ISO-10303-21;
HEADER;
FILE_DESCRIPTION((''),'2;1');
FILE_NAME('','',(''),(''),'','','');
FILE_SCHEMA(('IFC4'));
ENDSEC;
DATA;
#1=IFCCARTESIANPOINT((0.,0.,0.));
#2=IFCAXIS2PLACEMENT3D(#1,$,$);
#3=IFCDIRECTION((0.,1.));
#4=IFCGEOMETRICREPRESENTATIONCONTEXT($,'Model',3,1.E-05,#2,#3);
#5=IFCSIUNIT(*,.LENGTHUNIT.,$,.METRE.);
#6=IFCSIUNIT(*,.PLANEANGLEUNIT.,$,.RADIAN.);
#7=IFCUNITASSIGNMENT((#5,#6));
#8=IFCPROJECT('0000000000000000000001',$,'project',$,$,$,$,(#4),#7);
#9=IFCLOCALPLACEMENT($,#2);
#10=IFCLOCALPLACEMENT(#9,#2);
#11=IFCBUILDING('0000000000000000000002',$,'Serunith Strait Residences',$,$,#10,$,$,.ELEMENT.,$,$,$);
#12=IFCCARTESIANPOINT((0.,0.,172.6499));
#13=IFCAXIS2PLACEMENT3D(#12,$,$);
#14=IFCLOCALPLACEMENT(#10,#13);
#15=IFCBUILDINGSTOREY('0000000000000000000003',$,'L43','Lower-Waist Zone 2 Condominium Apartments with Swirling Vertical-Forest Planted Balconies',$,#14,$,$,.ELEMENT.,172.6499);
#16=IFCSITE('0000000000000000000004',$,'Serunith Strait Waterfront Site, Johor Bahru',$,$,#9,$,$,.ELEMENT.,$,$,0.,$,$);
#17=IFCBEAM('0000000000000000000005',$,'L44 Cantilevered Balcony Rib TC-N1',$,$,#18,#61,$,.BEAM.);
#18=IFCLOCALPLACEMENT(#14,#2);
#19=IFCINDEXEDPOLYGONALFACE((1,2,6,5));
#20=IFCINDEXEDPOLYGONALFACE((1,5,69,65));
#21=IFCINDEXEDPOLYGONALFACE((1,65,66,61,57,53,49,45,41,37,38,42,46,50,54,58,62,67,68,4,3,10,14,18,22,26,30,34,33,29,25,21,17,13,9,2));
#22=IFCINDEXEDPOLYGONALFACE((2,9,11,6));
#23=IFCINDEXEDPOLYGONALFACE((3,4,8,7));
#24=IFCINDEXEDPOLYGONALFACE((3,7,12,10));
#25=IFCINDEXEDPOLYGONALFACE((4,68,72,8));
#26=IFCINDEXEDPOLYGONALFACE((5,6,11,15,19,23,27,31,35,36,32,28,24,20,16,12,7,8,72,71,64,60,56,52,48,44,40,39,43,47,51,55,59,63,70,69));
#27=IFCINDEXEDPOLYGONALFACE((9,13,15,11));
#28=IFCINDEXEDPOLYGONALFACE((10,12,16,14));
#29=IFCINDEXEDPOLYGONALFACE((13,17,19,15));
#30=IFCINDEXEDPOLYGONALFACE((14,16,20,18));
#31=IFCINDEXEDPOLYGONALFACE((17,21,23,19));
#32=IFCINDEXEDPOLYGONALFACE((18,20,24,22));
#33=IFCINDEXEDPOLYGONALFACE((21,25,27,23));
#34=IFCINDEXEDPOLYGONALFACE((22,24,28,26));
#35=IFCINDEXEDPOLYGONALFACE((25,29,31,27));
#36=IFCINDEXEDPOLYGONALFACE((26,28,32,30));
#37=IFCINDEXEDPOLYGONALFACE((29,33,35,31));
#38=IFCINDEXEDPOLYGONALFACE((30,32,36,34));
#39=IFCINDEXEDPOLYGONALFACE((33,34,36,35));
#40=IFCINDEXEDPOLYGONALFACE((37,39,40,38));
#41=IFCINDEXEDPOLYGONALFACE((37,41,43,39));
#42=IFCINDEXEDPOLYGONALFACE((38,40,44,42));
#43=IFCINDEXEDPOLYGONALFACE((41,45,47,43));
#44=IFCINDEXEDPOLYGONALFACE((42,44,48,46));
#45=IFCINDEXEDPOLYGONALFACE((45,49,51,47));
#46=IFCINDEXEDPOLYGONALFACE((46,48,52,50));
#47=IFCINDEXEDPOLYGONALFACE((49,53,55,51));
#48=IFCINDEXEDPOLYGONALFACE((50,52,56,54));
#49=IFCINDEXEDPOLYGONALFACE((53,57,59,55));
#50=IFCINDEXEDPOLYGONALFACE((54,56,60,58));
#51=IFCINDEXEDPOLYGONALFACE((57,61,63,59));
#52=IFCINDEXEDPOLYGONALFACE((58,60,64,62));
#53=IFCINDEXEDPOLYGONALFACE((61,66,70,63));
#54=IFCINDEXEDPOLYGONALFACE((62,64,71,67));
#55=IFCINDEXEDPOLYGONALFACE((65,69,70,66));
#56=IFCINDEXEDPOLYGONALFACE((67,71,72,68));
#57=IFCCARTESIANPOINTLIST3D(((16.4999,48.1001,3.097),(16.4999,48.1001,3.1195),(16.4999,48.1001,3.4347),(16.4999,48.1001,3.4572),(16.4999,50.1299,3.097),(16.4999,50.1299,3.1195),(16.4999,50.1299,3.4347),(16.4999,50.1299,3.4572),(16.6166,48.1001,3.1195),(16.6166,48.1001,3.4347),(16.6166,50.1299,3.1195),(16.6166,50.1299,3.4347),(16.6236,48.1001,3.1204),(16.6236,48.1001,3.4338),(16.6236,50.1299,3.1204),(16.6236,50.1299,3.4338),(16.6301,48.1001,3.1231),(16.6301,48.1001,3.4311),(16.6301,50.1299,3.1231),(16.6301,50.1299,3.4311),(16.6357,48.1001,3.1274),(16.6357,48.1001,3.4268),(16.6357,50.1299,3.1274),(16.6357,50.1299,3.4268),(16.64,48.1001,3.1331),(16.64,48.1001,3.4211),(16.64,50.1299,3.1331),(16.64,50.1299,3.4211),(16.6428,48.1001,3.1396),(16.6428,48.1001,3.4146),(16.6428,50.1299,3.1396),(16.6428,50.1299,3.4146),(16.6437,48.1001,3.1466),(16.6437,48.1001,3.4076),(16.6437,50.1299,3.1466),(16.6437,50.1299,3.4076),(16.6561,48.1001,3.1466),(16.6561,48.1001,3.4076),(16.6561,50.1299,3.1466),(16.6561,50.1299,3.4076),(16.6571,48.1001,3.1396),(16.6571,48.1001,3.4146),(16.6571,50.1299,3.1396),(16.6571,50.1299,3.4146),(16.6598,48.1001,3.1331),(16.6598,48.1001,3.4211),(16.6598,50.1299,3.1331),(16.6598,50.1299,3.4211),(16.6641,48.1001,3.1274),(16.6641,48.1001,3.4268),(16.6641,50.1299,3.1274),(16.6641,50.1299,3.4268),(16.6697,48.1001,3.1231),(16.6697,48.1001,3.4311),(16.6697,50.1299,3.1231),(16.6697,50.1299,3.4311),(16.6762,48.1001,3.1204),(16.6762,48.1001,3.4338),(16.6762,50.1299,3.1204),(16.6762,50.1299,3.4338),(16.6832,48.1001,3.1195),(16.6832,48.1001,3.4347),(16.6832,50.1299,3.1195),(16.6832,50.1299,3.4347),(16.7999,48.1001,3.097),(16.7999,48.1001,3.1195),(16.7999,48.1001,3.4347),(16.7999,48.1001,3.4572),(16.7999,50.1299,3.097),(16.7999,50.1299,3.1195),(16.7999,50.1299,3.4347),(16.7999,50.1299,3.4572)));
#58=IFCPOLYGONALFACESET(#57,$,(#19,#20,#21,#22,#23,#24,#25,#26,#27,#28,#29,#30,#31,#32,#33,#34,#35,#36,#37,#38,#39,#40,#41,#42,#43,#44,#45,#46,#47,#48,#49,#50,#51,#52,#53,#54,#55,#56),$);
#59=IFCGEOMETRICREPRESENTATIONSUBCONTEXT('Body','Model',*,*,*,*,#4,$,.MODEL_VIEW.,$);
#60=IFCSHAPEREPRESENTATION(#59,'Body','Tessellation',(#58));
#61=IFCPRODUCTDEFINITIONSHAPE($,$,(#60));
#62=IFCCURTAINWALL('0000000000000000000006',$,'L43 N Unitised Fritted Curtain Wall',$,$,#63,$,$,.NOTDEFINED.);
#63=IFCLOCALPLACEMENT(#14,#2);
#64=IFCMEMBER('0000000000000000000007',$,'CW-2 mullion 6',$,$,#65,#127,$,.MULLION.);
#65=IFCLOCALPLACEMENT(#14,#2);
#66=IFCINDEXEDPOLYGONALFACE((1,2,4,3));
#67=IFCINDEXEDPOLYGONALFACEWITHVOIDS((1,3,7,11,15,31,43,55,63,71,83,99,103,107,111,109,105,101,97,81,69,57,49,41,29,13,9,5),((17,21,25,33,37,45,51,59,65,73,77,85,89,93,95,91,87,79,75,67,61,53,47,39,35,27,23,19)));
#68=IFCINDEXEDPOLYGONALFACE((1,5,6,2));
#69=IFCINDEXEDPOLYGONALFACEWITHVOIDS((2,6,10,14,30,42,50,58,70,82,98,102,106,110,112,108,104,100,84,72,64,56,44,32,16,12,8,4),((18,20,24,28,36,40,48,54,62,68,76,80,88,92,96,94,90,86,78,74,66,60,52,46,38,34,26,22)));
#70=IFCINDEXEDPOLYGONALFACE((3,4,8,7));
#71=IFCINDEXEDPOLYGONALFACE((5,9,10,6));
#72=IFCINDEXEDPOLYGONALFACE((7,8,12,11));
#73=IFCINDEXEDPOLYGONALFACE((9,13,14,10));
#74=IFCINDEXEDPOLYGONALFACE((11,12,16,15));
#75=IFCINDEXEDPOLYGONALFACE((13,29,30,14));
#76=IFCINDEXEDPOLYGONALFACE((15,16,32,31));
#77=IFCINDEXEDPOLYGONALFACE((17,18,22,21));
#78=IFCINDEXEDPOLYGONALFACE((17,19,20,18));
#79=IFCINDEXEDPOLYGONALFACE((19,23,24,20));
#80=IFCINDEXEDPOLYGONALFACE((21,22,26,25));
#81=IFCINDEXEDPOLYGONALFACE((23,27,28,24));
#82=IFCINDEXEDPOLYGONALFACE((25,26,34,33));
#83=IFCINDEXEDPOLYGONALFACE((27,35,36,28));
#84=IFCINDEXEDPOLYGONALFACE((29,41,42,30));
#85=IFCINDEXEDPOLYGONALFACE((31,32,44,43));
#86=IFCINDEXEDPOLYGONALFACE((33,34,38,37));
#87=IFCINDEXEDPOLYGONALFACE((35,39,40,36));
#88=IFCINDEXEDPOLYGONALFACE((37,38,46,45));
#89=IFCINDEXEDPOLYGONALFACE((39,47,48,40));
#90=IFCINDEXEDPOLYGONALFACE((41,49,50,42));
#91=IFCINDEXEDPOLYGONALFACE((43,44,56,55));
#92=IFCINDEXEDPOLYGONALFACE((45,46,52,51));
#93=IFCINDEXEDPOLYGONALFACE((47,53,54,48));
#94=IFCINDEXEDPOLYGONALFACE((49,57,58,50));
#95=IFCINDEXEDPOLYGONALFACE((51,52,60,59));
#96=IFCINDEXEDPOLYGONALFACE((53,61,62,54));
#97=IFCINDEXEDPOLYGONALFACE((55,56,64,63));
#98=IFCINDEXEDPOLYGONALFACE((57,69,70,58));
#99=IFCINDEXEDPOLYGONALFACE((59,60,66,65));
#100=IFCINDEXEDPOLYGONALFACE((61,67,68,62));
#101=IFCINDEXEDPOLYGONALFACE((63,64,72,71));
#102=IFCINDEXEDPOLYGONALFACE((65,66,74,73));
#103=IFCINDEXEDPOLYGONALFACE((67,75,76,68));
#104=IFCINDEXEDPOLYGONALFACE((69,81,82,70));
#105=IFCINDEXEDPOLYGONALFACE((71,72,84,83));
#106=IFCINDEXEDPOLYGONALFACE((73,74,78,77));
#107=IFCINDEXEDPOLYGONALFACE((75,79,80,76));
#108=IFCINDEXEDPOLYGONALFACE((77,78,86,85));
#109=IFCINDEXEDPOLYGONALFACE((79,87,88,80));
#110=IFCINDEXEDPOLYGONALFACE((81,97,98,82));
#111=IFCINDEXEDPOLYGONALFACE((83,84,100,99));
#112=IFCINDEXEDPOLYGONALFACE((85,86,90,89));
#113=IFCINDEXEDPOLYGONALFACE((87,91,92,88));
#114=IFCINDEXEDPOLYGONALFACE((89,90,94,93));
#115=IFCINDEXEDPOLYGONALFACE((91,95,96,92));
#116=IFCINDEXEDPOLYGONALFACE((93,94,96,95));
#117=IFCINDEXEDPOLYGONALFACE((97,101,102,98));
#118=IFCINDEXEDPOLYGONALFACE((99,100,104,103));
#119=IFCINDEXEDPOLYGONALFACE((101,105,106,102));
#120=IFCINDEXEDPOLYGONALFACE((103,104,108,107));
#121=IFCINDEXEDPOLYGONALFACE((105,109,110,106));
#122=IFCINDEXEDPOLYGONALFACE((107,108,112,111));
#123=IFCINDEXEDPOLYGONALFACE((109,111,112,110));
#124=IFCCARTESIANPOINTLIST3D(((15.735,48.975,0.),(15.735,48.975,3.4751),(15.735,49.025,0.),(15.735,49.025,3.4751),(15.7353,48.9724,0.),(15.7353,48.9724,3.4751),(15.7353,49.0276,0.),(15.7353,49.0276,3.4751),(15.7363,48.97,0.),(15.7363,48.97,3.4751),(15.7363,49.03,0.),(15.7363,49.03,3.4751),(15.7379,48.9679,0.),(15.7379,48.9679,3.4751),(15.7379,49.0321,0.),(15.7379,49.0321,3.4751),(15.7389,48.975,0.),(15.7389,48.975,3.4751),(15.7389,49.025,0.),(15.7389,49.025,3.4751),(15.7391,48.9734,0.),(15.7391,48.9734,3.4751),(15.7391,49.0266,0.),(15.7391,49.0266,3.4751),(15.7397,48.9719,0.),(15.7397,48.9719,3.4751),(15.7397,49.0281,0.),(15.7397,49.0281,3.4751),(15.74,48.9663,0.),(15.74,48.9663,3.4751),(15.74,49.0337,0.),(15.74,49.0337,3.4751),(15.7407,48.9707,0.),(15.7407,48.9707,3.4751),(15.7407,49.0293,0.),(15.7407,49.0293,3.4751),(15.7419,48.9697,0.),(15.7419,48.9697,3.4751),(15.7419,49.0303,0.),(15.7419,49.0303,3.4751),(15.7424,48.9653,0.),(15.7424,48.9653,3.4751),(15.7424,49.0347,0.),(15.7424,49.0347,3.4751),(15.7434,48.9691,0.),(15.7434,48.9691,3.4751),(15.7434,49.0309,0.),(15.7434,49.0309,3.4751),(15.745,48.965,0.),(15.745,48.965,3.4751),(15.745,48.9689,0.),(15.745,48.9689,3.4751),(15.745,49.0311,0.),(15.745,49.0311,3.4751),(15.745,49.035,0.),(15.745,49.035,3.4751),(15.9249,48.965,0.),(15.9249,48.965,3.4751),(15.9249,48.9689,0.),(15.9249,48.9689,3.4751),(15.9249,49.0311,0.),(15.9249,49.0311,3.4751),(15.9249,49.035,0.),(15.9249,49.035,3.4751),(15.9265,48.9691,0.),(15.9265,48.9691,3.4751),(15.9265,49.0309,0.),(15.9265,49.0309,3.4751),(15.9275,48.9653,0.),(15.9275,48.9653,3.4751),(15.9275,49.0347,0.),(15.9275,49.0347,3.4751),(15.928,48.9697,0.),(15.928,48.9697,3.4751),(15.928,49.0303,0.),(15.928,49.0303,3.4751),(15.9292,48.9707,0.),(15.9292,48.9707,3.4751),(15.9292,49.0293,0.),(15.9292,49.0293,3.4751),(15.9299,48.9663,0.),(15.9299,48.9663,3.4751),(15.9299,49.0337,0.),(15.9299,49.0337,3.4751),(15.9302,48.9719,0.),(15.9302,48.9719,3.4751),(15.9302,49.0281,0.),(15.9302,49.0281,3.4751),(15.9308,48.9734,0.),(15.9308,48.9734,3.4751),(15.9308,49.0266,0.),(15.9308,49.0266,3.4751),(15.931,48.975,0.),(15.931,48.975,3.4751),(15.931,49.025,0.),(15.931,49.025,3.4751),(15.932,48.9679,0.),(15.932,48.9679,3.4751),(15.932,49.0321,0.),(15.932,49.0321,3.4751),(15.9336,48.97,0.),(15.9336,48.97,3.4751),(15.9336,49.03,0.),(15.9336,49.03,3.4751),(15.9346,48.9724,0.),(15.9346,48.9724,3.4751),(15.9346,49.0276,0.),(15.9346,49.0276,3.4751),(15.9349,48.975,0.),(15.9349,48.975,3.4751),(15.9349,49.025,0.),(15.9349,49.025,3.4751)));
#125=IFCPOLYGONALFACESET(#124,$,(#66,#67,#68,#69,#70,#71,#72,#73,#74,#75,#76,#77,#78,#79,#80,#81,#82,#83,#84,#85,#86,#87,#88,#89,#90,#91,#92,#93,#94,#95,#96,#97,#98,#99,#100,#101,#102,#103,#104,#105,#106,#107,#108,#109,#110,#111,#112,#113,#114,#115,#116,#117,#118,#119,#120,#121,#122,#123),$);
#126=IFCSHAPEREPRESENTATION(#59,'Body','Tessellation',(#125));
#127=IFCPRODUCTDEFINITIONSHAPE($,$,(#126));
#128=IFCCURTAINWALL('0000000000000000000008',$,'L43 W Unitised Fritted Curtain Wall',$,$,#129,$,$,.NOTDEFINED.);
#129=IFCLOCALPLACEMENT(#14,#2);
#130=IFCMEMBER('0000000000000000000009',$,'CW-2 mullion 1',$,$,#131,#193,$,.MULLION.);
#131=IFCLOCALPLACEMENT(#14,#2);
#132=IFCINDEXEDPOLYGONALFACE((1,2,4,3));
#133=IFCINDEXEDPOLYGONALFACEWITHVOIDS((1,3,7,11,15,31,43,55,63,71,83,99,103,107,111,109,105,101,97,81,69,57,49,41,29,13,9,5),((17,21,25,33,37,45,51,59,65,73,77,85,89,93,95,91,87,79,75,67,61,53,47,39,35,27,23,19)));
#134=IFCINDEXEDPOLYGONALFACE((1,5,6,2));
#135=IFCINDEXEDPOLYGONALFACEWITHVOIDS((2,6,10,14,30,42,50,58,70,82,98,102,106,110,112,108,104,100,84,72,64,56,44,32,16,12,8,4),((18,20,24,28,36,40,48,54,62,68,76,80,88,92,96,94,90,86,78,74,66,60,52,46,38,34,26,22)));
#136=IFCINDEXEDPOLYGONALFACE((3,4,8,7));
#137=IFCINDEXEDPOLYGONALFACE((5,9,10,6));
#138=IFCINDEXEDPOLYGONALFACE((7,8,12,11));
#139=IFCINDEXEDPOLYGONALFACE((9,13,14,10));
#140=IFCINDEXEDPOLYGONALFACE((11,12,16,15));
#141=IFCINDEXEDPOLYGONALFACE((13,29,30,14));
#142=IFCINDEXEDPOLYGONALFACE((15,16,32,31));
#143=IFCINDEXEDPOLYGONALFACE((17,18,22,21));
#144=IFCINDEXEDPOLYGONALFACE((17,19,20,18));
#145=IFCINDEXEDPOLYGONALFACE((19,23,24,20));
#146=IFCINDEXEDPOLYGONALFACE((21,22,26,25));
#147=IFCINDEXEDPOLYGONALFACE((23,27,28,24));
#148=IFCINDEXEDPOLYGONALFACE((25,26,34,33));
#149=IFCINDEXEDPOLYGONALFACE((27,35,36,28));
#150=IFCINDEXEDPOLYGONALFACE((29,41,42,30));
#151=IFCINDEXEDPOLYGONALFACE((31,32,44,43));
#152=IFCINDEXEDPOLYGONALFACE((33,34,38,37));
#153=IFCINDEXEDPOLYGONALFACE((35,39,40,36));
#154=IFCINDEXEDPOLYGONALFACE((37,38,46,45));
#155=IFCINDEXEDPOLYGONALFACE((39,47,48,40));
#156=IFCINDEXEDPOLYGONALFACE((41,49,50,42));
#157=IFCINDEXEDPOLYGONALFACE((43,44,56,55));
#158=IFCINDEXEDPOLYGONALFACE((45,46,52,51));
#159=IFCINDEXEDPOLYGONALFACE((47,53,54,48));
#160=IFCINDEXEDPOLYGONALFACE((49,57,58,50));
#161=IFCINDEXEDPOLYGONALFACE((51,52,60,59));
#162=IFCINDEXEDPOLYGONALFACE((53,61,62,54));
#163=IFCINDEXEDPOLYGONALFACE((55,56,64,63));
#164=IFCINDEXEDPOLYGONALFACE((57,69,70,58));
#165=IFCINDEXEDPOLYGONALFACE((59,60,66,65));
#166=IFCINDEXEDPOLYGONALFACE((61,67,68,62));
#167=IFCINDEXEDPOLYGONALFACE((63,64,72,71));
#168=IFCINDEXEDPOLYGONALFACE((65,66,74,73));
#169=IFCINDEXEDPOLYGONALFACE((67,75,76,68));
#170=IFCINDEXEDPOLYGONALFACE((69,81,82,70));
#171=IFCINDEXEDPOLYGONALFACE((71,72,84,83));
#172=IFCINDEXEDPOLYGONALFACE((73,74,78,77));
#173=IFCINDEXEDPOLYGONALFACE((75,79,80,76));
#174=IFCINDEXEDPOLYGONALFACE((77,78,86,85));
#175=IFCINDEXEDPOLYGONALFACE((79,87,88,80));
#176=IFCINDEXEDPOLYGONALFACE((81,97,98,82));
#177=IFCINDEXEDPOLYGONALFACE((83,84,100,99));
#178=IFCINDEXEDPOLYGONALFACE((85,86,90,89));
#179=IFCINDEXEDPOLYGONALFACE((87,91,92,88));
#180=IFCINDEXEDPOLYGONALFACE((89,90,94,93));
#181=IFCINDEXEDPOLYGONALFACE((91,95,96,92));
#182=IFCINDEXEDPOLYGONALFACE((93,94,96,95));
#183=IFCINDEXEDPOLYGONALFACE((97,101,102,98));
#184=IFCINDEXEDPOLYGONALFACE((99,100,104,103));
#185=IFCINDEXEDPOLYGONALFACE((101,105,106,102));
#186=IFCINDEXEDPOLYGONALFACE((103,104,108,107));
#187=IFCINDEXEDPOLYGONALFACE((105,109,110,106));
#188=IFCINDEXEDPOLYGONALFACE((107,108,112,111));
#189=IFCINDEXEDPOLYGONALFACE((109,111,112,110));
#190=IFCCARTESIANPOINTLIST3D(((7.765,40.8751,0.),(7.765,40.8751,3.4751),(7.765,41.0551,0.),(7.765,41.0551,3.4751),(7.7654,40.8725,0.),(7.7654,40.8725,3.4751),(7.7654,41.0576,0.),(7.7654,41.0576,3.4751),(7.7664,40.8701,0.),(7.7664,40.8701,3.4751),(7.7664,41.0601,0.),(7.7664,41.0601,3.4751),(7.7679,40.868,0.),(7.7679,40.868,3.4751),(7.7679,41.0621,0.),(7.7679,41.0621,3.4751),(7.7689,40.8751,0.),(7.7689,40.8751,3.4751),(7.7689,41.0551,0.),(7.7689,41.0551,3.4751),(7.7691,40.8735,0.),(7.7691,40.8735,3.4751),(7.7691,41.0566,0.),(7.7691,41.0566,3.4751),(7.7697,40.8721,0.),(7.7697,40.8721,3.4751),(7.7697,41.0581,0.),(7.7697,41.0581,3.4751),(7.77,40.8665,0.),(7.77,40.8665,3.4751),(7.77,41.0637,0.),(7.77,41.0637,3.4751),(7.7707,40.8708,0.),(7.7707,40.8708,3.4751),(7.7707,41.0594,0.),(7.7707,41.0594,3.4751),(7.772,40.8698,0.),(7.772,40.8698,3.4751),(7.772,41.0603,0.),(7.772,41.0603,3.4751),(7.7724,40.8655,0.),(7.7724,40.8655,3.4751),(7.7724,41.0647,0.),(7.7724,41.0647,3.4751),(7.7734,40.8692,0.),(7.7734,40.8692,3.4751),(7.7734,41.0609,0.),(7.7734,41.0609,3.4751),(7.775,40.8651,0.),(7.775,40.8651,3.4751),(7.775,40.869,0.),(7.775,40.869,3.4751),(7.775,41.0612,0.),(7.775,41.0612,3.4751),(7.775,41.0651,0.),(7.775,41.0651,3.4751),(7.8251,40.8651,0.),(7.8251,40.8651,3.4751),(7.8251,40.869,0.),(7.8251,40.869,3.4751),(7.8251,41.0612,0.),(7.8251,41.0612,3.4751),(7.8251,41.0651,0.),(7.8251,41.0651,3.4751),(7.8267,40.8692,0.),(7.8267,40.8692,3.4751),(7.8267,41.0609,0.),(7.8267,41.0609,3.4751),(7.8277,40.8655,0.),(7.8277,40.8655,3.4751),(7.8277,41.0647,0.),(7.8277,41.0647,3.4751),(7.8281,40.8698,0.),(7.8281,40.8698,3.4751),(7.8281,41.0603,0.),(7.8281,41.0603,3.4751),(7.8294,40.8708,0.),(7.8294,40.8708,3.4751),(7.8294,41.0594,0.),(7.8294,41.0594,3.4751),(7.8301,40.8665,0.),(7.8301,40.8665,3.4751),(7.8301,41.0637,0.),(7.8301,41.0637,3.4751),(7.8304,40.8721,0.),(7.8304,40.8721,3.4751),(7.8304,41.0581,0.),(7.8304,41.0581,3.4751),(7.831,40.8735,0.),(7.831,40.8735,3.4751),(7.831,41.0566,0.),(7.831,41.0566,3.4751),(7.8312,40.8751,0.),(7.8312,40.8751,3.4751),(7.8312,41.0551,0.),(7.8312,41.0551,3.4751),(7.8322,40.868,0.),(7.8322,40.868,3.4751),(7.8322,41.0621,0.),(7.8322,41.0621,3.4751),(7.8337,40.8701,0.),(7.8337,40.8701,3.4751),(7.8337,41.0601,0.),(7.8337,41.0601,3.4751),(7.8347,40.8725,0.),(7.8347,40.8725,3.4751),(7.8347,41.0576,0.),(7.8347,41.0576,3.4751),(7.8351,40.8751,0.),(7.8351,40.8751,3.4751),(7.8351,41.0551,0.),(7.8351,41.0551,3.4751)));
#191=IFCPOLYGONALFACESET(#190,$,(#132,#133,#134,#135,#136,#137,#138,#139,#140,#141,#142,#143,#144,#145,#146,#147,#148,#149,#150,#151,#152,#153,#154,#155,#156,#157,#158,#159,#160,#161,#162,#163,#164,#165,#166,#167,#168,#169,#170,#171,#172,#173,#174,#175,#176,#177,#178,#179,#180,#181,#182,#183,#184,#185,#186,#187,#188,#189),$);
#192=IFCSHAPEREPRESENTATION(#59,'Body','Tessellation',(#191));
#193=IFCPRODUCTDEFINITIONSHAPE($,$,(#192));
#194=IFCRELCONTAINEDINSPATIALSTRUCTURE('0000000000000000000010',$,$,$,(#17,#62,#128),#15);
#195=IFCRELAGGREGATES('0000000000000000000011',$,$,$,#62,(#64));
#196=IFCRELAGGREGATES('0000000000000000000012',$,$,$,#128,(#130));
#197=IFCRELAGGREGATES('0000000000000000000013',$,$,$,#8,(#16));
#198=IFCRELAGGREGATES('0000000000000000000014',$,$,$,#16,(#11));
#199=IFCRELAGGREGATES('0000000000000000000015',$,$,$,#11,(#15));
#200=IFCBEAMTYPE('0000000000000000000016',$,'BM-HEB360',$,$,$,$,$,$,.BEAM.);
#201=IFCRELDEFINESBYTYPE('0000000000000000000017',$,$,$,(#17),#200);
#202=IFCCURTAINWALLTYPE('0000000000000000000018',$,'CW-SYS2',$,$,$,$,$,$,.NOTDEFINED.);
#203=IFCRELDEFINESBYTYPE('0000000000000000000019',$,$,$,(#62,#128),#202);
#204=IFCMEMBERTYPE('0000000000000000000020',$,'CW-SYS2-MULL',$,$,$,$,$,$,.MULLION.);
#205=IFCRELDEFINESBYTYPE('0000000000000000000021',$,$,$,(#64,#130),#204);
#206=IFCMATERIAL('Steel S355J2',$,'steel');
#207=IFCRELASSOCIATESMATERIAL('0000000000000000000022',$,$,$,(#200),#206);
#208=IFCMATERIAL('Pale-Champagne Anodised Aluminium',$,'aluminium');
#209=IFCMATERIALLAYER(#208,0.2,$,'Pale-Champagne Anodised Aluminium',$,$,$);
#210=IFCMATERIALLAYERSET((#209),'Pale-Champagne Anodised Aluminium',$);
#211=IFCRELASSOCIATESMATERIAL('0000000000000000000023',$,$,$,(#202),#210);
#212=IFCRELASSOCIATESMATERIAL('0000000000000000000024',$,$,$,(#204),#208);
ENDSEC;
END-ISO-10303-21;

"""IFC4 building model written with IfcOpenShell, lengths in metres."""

from ifc_helpers import new_model, si_unit, direction, frame, origin, origin_2d, place, context, subcontext, project, spatial, hollow_rectangle, i_section, extrude, source, transform, mapped, material, layer, layer_set, material_profile, profile_set, type_object, element, aggregate, save


model = new_model("IFC4")

# Units and contexts
model_context = context("Model", 3, precision=1e-05, world=origin(), true_north=direction((0.0, 1.0)))
body_context = subcontext(model_context, "Body", "Model", "MODEL_VIEW")
ifc_project = project(units=[si_unit("LENGTHUNIT", "METRE"), si_unit("PLANEANGLEUNIT", "RADIAN")], contexts=[model_context])

# Site, building, storey
site_placement = place(None, origin())
site = spatial("IfcSite", under=ifc_project, at=site_placement, Name="Serunith Strait Waterfront Site, Johor Bahru", CompositionType="ELEMENT", RefElevation=0.0)
building_placement = place(site_placement, origin())
building = spatial("IfcBuilding", under=site, at=building_placement, Name="Serunith Strait Residences", CompositionType="ELEMENT")
storey_placement = place(building_placement, frame((0.0, 0.0, 172.6499)))
storey = spatial("IfcBuildingStorey", under=building, at=storey_placement, Name="L43", Description="Lower-Waist Zone 2 Condominium Apartments with Swirling Vertical-Forest Planted Balconies", CompositionType="ELEMENT", Elevation=172.6499)

# Beam
ifc_material_1 = material(Name="Steel S355J2", Category="steel")
ifc_material_profile_1 = material_profile(ifc_material_1, i_section(OverallWidth=0.3, OverallDepth=0.3601, WebThickness=0.0125, FlangeThickness=0.0225, FilletRadius=0.0271, at=origin_2d()), Name="HEB 360")
ifc_profile_set_1 = profile_set([ifc_material_profile_1], Name="Steel S355J2")
beam_type_1 = type_object("IfcBeamType", Name="BM-HEB360", PredefinedType="BEAM", material=ifc_profile_set_1)
shared_shape_1 = source(origin(), body_context, "Body", "SweptSolid", [
    extrude(i_section(OverallWidth=0.3, OverallDepth=0.3601, WebThickness=0.0125, FlangeThickness=0.0225, FilletRadius=0.0271, at=origin_2d()), origin(), (0.0, 0.0, 1.0), 2.0298),
])
beam_1_placement = place(storey_placement, frame((16.6499, 48.1001, 3.2771), z_axis=(0.0, 1.0, 0.0), x_axis=(-1.0, 0.0, 0.0)))
element("IfcBeam", 1, at=beam_1_placement, inside=storey, type_object=beam_type_1, Name="L44 Cantilevered Balcony Rib TC-N1", PredefinedType="BEAM", context=body_context, shape_type="MappedRepresentation", body=[
    mapped(shared_shape_1, transform((0.0, 0.0, 0.0), scale=1.0)),
])

# Curtain wall, member
ifc_material_2 = material(Name="Pale-Champagne Anodised Aluminium", Category="aluminium")
ifc_layer_1 = layer(ifc_material_2, 0.2, Name="Pale-Champagne Anodised Aluminium")
ifc_layer_set_1 = layer_set([ifc_layer_1], Name="Pale-Champagne Anodised Aluminium")
curtain_wall_type = type_object("IfcCurtainWallType", Name="CW-SYS2", PredefinedType="NOTDEFINED", material=ifc_layer_set_1)
curtain_wall_1_placement = place(storey_placement, origin())
curtain_wall_1 = element("IfcCurtainWall", 2, at=curtain_wall_1_placement, inside=storey, type_object=curtain_wall_type, Name="L43 N Unitised Fritted Curtain Wall", PredefinedType="NOTDEFINED")
ifc_material_profile_2 = material_profile(ifc_material_2, hollow_rectangle(XDim=0.0701, YDim=0.2, WallThickness=0.0039, InnerFilletRadius=0.0061, OuterFilletRadius=0.01, at=origin_2d()), Name="ALU 200x70x4")
ifc_profile_set_2 = profile_set([ifc_material_profile_2], Name="Pale-Champagne Anodised Aluminium")
member_type_1 = type_object("IfcMemberType", Name="CW-SYS2-MULL", PredefinedType="MULLION", material=ifc_profile_set_2)
shared_shape_2 = source(origin(), body_context, "Body", "SweptSolid", [
    extrude(hollow_rectangle(XDim=0.0701, YDim=0.2, WallThickness=0.0039, InnerFilletRadius=0.0061, OuterFilletRadius=0.01, at=origin_2d()), origin(), (0.0, 0.0, 1.0), 3.4751),
])
member_1_placement = place(storey_placement, frame((15.835, 49.0, 0.0), z_axis=(0.0, 0.0, 1.0), x_axis=(0.0, -1.0, 0.0)))
member_1 = element("IfcMember", 3, at=member_1_placement, type_object=member_type_1, Name="CW-2 mullion 6", PredefinedType="MULLION", context=body_context, shape_type="MappedRepresentation", body=[
    mapped(shared_shape_2, transform((0.0, 0.0, 0.0), scale=1.0)),
])
aggregate(curtain_wall_1, [member_1])

# Curtain wall, member
curtain_wall_2_placement = place(storey_placement, origin())
curtain_wall_2 = element("IfcCurtainWall", 4, at=curtain_wall_2_placement, inside=storey, type_object=curtain_wall_type, Name="L43 W Unitised Fritted Curtain Wall", PredefinedType="NOTDEFINED")
member_2_placement = place(storey_placement, frame((7.8, 40.9651, 0.0), z_axis=(0.0, 0.0, 1.0), x_axis=(1.0, 0.0, 0.0)))
member_2 = element("IfcMember", 5, at=member_2_placement, type_object=member_type_1, Name="CW-2 mullion 1", PredefinedType="MULLION", context=body_context, shape_type="MappedRepresentation", body=[
    mapped(shared_shape_2, transform((0.0, 0.0, 0.0), scale=1.0)),
])
aggregate(curtain_wall_2, [member_2])

save(model, "model.ifc")
